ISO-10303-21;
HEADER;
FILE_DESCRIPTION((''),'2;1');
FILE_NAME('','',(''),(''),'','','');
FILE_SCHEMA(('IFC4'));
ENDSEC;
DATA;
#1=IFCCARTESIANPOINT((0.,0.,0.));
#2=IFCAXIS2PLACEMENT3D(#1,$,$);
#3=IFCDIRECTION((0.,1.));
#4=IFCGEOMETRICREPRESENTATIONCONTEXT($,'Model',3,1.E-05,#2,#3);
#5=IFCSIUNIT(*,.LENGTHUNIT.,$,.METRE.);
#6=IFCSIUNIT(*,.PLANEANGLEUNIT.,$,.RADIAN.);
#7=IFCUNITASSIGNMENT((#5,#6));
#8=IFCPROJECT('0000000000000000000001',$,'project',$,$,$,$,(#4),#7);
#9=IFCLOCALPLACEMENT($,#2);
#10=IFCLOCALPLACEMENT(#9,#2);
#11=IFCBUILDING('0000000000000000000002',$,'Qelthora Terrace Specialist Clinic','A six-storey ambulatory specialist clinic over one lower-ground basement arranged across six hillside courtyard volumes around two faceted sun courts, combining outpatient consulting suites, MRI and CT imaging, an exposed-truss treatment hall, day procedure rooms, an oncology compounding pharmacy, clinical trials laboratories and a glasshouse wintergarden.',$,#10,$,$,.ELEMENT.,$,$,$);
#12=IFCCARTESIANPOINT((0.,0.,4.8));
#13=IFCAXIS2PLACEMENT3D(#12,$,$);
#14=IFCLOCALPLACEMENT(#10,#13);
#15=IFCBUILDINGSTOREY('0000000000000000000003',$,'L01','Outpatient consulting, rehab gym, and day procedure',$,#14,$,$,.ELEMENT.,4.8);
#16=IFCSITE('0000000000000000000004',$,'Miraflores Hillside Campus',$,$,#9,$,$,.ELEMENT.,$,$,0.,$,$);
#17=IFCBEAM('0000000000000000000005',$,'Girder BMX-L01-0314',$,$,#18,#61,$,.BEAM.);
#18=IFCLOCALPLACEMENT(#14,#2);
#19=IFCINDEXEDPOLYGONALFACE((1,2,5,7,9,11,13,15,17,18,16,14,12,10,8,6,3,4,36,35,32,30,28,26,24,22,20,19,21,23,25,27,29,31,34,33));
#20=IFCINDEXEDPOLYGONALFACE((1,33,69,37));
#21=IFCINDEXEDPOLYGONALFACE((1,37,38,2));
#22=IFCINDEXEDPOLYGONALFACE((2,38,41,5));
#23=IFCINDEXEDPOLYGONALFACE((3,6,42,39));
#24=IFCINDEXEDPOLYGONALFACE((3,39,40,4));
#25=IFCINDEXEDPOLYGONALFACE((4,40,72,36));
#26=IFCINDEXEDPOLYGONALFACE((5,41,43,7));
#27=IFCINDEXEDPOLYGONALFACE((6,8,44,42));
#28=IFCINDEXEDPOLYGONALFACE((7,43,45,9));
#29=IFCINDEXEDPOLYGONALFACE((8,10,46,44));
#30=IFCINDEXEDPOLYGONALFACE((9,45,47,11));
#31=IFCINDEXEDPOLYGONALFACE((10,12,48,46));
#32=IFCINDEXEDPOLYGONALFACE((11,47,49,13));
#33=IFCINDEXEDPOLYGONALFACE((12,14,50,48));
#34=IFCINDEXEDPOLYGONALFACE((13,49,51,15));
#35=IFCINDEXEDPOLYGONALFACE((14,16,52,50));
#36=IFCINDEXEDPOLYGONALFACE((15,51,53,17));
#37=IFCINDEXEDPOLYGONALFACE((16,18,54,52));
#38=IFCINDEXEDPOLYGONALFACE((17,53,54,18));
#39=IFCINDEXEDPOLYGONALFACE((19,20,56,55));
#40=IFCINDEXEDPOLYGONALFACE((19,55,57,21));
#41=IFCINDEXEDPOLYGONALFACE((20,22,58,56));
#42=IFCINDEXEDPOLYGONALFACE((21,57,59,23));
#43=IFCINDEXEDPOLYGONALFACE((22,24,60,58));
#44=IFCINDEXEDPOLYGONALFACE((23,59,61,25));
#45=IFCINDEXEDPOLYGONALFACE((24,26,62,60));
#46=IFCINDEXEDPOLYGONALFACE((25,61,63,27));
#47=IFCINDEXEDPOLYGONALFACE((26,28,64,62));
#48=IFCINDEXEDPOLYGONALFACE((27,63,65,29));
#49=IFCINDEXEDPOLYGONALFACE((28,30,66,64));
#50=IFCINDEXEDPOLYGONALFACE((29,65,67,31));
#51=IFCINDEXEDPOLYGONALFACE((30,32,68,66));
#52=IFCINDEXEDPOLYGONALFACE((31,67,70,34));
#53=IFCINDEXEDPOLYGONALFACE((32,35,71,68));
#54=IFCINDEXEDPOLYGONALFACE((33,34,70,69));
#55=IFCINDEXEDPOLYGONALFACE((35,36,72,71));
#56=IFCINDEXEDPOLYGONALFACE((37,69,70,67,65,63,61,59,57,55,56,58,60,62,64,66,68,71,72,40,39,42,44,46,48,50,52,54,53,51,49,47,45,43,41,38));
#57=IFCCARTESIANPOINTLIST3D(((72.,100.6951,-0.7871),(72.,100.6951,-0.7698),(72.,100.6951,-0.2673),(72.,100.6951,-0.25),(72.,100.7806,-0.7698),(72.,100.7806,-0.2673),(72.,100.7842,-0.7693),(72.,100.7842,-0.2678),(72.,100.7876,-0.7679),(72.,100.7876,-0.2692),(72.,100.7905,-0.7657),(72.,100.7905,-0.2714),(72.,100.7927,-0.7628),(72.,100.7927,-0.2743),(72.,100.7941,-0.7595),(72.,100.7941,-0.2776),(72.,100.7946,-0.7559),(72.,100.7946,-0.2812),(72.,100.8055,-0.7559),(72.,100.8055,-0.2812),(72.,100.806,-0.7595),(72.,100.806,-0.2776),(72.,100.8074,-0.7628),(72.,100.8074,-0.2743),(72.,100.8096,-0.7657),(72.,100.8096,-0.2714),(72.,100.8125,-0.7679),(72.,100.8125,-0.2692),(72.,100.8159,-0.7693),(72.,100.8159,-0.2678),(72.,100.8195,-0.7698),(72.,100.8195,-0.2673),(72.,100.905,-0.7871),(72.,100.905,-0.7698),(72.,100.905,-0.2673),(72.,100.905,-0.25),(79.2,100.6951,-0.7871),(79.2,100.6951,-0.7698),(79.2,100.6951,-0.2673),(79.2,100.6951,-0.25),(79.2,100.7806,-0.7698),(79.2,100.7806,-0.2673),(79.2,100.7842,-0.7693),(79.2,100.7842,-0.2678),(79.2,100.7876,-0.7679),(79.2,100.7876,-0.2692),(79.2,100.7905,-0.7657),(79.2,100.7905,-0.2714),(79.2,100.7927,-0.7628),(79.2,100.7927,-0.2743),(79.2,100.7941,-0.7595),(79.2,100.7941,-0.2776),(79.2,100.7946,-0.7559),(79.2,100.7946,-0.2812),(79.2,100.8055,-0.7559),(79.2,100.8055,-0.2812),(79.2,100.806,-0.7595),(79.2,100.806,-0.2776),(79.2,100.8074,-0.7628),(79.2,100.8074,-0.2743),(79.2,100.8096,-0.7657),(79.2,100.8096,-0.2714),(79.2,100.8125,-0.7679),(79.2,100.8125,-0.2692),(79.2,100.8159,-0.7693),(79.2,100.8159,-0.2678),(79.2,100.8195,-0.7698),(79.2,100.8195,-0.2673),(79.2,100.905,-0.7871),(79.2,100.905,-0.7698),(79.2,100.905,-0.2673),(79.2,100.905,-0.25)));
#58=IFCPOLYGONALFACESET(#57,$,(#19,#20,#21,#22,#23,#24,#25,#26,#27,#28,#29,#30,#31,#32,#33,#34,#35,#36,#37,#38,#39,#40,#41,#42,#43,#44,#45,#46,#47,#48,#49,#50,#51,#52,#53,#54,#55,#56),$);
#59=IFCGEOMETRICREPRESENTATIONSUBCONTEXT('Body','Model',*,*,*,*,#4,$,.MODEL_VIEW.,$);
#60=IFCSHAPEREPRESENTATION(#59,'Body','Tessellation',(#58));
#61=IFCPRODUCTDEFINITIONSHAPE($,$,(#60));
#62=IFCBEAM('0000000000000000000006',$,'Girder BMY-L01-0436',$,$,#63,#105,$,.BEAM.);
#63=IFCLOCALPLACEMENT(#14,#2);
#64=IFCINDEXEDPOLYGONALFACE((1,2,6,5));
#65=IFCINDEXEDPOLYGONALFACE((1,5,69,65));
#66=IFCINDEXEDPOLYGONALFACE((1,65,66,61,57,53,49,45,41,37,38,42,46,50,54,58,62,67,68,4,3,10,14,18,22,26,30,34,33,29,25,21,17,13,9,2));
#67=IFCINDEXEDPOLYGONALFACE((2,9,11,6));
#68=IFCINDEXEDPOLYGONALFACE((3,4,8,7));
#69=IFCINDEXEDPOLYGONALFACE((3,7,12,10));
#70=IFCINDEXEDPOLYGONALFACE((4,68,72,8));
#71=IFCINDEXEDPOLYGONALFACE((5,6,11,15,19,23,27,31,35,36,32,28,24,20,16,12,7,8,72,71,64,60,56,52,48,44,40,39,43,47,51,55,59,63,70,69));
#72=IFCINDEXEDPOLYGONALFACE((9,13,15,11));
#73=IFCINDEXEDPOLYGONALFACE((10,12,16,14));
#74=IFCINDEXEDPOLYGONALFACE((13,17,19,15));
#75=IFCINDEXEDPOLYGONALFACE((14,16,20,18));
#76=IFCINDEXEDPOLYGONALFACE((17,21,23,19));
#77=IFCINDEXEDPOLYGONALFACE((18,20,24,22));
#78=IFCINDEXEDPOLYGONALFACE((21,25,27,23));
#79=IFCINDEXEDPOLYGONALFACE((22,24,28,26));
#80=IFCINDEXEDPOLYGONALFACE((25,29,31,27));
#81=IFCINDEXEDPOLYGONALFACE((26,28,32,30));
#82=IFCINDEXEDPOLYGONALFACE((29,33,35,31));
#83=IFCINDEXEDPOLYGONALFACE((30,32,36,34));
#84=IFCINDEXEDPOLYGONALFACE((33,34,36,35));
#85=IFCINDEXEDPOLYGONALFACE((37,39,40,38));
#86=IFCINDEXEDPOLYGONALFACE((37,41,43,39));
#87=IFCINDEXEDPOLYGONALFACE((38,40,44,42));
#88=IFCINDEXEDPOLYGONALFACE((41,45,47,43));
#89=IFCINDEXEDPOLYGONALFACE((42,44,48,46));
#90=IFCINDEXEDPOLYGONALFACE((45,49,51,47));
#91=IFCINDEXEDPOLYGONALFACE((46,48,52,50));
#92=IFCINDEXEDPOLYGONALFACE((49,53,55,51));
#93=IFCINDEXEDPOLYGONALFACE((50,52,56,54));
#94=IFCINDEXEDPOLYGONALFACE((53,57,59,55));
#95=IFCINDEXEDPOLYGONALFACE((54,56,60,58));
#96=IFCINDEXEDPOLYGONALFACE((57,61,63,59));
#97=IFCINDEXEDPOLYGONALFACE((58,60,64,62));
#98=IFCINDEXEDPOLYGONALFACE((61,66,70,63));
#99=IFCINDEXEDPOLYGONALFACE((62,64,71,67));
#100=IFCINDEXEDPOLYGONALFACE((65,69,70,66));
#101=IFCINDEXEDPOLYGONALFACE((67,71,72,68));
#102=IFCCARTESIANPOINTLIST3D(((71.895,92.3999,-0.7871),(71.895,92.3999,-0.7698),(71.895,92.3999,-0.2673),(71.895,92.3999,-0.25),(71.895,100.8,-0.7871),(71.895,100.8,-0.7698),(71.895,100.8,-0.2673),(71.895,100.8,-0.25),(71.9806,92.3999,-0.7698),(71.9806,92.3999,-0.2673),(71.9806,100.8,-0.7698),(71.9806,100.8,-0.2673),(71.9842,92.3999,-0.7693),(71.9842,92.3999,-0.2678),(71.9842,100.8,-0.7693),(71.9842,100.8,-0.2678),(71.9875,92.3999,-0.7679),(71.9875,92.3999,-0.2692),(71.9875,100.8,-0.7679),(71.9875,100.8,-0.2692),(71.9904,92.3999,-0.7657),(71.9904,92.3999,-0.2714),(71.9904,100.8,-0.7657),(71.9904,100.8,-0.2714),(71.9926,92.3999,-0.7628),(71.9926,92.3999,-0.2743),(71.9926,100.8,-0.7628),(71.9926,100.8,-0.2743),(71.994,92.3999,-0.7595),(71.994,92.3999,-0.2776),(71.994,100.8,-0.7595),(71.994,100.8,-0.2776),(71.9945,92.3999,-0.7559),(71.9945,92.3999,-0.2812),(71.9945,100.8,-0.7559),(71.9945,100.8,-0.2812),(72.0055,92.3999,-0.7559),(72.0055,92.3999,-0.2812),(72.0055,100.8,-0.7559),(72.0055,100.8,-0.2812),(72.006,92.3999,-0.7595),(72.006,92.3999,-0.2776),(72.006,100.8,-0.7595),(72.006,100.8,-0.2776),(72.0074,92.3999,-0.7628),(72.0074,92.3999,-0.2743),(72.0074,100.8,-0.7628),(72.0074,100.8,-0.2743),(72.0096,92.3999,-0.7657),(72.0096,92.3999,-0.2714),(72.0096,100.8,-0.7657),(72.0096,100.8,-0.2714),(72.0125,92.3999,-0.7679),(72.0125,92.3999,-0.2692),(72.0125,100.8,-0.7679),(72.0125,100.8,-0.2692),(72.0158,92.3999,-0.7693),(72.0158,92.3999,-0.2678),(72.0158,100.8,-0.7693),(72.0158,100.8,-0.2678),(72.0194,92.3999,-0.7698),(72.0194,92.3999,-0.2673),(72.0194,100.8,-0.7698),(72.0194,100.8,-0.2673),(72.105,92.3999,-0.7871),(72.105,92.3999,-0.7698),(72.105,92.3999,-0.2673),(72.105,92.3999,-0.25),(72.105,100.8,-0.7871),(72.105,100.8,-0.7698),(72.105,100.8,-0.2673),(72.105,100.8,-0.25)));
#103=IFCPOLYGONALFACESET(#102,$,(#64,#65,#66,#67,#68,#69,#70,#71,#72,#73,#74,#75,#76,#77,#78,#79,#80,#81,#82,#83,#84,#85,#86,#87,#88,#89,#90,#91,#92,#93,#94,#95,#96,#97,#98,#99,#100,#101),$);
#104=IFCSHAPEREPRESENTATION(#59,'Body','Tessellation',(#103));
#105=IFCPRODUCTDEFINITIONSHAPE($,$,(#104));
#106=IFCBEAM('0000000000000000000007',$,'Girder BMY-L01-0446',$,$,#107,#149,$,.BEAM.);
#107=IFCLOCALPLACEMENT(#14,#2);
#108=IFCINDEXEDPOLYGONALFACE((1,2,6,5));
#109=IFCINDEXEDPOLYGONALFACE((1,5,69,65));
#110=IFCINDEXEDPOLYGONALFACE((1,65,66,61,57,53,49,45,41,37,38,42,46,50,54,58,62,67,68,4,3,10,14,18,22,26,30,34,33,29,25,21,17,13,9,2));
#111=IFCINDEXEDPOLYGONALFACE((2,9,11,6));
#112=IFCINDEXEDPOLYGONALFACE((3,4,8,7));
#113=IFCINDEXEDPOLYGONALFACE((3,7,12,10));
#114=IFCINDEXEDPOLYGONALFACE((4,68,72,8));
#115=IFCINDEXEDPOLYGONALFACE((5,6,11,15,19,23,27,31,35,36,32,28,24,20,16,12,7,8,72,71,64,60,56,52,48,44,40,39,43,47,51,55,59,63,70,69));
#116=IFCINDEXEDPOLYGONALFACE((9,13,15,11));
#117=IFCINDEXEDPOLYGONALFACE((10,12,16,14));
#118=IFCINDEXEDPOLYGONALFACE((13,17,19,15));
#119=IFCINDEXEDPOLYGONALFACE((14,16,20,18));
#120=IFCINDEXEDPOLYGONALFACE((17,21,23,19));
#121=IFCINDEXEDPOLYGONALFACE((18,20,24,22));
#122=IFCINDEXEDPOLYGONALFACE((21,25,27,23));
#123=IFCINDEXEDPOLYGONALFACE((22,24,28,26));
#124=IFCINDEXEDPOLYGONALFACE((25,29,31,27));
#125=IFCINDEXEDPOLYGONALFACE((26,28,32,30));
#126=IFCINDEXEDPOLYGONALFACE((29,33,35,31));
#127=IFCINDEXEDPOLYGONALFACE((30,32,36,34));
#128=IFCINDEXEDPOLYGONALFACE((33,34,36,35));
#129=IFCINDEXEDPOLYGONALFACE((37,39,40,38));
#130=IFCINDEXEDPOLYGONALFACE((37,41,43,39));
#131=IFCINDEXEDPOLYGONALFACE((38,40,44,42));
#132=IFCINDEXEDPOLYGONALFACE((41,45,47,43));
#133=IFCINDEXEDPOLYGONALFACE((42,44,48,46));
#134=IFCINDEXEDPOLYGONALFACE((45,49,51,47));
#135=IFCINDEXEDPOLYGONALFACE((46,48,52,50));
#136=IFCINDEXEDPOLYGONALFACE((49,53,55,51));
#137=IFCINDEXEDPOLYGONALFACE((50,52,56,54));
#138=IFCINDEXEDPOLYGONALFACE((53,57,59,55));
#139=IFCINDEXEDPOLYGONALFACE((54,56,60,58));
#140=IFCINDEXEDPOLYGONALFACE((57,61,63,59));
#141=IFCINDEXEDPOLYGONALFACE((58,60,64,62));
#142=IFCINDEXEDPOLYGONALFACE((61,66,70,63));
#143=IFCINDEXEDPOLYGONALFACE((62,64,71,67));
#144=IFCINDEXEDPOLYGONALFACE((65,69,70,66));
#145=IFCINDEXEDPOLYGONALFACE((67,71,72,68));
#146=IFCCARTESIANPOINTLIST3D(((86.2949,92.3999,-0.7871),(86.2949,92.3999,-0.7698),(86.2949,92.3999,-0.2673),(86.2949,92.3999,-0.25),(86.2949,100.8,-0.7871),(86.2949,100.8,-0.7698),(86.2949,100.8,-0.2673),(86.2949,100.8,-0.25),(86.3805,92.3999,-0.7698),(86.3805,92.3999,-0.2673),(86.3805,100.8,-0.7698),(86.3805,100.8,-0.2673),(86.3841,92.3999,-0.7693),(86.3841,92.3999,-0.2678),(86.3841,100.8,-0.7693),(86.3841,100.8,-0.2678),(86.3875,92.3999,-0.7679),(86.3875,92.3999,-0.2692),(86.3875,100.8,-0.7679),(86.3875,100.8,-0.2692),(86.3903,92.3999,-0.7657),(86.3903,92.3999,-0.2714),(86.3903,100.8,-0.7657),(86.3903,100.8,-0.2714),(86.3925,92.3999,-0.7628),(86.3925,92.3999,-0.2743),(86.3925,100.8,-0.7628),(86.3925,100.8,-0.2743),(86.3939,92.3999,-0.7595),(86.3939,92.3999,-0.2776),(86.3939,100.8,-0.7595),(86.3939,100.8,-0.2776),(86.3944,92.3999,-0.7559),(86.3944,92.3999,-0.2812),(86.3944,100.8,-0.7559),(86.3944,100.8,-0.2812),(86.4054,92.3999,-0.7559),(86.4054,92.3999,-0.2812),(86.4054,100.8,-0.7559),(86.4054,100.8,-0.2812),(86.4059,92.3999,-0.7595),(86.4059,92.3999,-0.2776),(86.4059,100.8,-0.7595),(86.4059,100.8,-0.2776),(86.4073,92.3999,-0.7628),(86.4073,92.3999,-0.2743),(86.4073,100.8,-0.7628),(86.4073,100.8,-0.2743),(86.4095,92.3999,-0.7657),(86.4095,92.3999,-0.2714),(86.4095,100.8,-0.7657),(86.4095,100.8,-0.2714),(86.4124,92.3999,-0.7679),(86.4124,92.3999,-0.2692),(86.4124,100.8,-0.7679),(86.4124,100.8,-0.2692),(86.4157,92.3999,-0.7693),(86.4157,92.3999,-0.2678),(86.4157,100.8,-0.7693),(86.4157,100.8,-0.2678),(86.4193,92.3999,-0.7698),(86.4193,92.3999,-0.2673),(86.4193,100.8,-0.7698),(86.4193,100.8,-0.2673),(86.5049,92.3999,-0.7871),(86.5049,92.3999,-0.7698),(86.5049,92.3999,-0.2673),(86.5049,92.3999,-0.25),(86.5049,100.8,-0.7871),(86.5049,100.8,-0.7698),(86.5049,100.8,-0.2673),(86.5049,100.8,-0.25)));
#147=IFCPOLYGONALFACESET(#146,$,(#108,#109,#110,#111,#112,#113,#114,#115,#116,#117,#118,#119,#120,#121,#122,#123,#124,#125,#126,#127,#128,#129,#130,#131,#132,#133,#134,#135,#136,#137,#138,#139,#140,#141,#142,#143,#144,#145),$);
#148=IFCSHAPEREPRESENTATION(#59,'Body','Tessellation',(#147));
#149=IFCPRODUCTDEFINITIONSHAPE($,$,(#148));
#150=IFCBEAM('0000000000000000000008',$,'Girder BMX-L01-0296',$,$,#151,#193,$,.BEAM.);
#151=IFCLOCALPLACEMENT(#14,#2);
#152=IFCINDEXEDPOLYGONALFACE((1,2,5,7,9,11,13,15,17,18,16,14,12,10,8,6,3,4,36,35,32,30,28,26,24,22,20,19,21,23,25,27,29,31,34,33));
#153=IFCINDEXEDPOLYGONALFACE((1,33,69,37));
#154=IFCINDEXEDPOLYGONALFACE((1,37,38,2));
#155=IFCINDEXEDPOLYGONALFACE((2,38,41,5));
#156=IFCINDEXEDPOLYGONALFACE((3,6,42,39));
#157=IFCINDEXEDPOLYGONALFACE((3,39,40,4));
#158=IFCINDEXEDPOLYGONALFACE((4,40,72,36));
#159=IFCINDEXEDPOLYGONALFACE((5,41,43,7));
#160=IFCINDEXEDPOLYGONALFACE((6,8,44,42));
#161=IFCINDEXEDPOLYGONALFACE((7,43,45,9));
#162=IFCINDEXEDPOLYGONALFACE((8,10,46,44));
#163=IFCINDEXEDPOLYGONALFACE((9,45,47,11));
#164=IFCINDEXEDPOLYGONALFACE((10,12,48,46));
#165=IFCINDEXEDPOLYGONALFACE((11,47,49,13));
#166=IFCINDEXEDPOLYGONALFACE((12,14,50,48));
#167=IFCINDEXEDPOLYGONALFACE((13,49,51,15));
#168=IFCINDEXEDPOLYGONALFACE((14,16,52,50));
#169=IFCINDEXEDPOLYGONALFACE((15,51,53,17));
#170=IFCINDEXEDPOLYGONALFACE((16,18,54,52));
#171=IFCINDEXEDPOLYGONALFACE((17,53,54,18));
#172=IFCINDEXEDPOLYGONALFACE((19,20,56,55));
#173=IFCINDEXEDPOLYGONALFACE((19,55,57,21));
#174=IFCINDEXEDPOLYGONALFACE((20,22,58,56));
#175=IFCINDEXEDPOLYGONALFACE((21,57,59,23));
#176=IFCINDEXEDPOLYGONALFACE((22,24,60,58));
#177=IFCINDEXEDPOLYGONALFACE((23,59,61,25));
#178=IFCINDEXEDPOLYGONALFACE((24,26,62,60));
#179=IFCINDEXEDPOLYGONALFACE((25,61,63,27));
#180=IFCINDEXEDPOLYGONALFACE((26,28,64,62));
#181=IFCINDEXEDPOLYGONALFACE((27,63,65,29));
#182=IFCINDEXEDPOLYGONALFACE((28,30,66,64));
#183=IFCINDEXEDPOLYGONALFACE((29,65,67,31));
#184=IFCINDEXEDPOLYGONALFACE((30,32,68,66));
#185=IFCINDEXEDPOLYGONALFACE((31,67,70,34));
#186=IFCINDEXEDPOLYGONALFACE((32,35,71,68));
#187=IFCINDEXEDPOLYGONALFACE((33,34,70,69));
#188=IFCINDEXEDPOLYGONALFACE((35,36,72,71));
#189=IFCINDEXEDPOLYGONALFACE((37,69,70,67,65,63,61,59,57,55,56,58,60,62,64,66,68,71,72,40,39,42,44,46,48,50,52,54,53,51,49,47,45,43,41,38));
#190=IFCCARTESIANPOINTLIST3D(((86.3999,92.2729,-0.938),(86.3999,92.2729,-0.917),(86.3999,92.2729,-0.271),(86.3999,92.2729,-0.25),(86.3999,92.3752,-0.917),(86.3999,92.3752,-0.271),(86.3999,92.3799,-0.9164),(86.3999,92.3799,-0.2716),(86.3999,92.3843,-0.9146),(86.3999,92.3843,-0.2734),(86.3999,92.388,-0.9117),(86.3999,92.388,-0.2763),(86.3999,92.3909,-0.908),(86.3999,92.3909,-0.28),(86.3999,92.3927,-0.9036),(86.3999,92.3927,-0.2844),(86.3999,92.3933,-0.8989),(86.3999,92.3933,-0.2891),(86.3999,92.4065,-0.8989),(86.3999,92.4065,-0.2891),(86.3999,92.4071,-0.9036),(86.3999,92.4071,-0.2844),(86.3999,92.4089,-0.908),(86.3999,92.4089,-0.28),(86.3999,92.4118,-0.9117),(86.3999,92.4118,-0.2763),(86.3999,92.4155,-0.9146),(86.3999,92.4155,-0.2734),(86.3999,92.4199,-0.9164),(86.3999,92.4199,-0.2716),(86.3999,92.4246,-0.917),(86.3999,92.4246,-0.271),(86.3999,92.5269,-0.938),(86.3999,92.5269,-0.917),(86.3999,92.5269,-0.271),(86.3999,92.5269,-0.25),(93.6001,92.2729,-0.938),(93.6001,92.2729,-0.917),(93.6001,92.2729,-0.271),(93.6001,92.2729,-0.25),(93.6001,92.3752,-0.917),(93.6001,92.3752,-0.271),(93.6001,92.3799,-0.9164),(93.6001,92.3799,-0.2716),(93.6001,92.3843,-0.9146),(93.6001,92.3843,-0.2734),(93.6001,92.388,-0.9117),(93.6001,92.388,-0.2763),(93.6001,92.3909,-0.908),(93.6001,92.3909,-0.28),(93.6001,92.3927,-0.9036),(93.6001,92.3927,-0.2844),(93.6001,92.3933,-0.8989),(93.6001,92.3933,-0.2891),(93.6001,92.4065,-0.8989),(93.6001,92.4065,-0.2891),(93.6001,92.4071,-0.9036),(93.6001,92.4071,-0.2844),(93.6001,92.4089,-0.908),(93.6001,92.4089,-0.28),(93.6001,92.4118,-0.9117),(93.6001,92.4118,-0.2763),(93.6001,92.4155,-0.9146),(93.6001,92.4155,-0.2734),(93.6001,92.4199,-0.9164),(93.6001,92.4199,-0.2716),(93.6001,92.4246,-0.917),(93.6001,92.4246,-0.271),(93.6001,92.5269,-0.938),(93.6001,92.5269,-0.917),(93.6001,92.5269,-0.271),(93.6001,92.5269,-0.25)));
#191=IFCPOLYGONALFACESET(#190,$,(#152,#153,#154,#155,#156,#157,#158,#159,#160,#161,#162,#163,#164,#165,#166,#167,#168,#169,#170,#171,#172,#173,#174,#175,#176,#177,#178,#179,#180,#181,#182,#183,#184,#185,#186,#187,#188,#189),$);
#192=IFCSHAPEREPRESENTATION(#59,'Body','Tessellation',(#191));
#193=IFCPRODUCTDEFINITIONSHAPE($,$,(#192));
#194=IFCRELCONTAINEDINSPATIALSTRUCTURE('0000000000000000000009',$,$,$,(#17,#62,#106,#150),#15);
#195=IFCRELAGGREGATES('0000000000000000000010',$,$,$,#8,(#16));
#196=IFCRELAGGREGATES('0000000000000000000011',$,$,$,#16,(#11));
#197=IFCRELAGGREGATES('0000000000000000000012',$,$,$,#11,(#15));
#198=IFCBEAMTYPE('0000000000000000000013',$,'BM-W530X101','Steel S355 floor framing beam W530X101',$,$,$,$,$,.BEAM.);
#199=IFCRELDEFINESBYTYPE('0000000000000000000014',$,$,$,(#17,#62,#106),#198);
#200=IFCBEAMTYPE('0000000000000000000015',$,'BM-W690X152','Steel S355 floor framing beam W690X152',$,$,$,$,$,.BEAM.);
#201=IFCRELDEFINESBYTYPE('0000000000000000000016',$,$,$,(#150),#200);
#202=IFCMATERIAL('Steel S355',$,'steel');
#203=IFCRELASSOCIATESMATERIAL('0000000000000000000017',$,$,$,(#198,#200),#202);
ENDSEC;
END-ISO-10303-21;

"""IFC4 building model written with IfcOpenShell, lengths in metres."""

from ifc_helpers import new_model, si_unit, direction, frame, origin, origin_2d, place, context, subcontext, project, spatial, i_section, extrude, material, material_profile, profile_set, type_object, element, save


model = new_model("IFC4")

# Units and contexts
model_context = context("Model", 3, precision=1e-05, world=origin(), true_north=direction((0.0, 1.0)))
body_context = subcontext(model_context, "Body", "Model", "MODEL_VIEW")
ifc_project = project(units=[si_unit("LENGTHUNIT", "METRE"), si_unit("PLANEANGLEUNIT", "RADIAN")], contexts=[model_context])

# Site, building, storey
site_placement = place(None, origin())
site = spatial("IfcSite", under=ifc_project, at=site_placement, Name="Miraflores Hillside Campus", CompositionType="ELEMENT", RefElevation=0.0)
building_placement = place(site_placement, origin())
building = spatial("IfcBuilding", under=site, at=building_placement, Name="Qelthora Terrace Specialist Clinic", Description="A six-storey ambulatory specialist clinic over one lower-ground basement arranged across six hillside courtyard volumes around two faceted sun courts, combining outpatient consulting suites, MRI and CT imaging, an exposed-truss treatment hall, day procedure rooms, an oncology compounding pharmacy, clinical trials laboratories and a glasshouse wintergarden.", CompositionType="ELEMENT")
storey_placement = place(building_placement, frame((0.0, 0.0, 4.8)))
storey = spatial("IfcBuildingStorey", under=building, at=storey_placement, Name="L01", Description="Outpatient consulting, rehab gym, and day procedure", CompositionType="ELEMENT", Elevation=4.8)

# Shared definitions
ifc_material_1 = material(Name="Steel S355", Category="steel")

# Beams
ifc_material_profile_1 = material_profile(ifc_material_1, i_section(OverallWidth=0.21, OverallDepth=0.5371, WebThickness=0.011, FlangeThickness=0.0173, FilletRadius=0.0139, at=origin_2d()), Name="W530X101")
ifc_profile_set_1 = profile_set([ifc_material_profile_1], Name="Steel S355")
beam_type_1 = type_object("IfcBeamType", Name="BM-W530X101", Description="Steel S355 floor framing beam W530X101", PredefinedType="BEAM", material=ifc_profile_set_1)
beam_1_placement = place(storey_placement, frame((72.0, 100.8, -0.5186), z_axis=(1.0, 0.0, 0.0), x_axis=(0.0, 1.0, 0.0)))
element("IfcBeam", 1, at=beam_1_placement, inside=storey, type_object=beam_type_1, Name="Girder BMX-L01-0314", PredefinedType="BEAM", context=body_context, shape_type="SweptSolid", body=[
    extrude(i_section(OverallWidth=0.21, OverallDepth=0.5371, WebThickness=0.011, FlangeThickness=0.0173, FilletRadius=0.0139, at=origin_2d()), origin(), (0.0, 0.0, 1.0), 7.2),
])
for number, where, z_axis, x_axis, name in (
    (2, (72.0, 92.3999, -0.5186), (0.0, 1.0, 0.0), (-1.0, 0.0, 0.0), "Girder BMY-L01-0436"),
    (3, (86.3999, 92.3999, -0.5186), (0.0, 1.0, 0.0), (-1.0, 0.0, 0.0), "Girder BMY-L01-0446"),
):
    element("IfcBeam", number, at=place(storey_placement, frame(where, z_axis=z_axis, x_axis=x_axis)), inside=storey, type_object=beam_type_1, Name=name, PredefinedType="BEAM", context=body_context, shape_type="SweptSolid", body=[
        extrude(i_section(OverallWidth=0.21, OverallDepth=0.5371, WebThickness=0.011, FlangeThickness=0.0173, FilletRadius=0.0139, at=origin_2d()), origin(), (0.0, 0.0, 1.0), 8.4001),
    ])
ifc_material_profile_2 = material_profile(ifc_material_1, i_section(OverallWidth=0.2539, OverallDepth=0.688, WebThickness=0.0132, FlangeThickness=0.021, FilletRadius=0.0181, at=origin_2d()), Name="W690X152")
ifc_profile_set_2 = profile_set([ifc_material_profile_2], Name="Steel S355")
beam_type_2 = type_object("IfcBeamType", Name="BM-W690X152", Description="Steel S355 floor framing beam W690X152", PredefinedType="BEAM", material=ifc_profile_set_2)
beam_2_placement = place(storey_placement, frame((86.3999, 92.3999, -0.594), z_axis=(1.0, 0.0, 0.0), x_axis=(0.0, 1.0, 0.0)))
element("IfcBeam", 4, at=beam_2_placement, inside=storey, type_object=beam_type_2, Name="Girder BMX-L01-0296", PredefinedType="BEAM", context=body_context, shape_type="SweptSolid", body=[
    extrude(i_section(OverallWidth=0.2539, OverallDepth=0.688, WebThickness=0.0132, FlangeThickness=0.021, FilletRadius=0.0181, at=origin_2d()), origin(), (0.0, 0.0, 1.0), 7.2002),
])

save(model, "model.ifc")
